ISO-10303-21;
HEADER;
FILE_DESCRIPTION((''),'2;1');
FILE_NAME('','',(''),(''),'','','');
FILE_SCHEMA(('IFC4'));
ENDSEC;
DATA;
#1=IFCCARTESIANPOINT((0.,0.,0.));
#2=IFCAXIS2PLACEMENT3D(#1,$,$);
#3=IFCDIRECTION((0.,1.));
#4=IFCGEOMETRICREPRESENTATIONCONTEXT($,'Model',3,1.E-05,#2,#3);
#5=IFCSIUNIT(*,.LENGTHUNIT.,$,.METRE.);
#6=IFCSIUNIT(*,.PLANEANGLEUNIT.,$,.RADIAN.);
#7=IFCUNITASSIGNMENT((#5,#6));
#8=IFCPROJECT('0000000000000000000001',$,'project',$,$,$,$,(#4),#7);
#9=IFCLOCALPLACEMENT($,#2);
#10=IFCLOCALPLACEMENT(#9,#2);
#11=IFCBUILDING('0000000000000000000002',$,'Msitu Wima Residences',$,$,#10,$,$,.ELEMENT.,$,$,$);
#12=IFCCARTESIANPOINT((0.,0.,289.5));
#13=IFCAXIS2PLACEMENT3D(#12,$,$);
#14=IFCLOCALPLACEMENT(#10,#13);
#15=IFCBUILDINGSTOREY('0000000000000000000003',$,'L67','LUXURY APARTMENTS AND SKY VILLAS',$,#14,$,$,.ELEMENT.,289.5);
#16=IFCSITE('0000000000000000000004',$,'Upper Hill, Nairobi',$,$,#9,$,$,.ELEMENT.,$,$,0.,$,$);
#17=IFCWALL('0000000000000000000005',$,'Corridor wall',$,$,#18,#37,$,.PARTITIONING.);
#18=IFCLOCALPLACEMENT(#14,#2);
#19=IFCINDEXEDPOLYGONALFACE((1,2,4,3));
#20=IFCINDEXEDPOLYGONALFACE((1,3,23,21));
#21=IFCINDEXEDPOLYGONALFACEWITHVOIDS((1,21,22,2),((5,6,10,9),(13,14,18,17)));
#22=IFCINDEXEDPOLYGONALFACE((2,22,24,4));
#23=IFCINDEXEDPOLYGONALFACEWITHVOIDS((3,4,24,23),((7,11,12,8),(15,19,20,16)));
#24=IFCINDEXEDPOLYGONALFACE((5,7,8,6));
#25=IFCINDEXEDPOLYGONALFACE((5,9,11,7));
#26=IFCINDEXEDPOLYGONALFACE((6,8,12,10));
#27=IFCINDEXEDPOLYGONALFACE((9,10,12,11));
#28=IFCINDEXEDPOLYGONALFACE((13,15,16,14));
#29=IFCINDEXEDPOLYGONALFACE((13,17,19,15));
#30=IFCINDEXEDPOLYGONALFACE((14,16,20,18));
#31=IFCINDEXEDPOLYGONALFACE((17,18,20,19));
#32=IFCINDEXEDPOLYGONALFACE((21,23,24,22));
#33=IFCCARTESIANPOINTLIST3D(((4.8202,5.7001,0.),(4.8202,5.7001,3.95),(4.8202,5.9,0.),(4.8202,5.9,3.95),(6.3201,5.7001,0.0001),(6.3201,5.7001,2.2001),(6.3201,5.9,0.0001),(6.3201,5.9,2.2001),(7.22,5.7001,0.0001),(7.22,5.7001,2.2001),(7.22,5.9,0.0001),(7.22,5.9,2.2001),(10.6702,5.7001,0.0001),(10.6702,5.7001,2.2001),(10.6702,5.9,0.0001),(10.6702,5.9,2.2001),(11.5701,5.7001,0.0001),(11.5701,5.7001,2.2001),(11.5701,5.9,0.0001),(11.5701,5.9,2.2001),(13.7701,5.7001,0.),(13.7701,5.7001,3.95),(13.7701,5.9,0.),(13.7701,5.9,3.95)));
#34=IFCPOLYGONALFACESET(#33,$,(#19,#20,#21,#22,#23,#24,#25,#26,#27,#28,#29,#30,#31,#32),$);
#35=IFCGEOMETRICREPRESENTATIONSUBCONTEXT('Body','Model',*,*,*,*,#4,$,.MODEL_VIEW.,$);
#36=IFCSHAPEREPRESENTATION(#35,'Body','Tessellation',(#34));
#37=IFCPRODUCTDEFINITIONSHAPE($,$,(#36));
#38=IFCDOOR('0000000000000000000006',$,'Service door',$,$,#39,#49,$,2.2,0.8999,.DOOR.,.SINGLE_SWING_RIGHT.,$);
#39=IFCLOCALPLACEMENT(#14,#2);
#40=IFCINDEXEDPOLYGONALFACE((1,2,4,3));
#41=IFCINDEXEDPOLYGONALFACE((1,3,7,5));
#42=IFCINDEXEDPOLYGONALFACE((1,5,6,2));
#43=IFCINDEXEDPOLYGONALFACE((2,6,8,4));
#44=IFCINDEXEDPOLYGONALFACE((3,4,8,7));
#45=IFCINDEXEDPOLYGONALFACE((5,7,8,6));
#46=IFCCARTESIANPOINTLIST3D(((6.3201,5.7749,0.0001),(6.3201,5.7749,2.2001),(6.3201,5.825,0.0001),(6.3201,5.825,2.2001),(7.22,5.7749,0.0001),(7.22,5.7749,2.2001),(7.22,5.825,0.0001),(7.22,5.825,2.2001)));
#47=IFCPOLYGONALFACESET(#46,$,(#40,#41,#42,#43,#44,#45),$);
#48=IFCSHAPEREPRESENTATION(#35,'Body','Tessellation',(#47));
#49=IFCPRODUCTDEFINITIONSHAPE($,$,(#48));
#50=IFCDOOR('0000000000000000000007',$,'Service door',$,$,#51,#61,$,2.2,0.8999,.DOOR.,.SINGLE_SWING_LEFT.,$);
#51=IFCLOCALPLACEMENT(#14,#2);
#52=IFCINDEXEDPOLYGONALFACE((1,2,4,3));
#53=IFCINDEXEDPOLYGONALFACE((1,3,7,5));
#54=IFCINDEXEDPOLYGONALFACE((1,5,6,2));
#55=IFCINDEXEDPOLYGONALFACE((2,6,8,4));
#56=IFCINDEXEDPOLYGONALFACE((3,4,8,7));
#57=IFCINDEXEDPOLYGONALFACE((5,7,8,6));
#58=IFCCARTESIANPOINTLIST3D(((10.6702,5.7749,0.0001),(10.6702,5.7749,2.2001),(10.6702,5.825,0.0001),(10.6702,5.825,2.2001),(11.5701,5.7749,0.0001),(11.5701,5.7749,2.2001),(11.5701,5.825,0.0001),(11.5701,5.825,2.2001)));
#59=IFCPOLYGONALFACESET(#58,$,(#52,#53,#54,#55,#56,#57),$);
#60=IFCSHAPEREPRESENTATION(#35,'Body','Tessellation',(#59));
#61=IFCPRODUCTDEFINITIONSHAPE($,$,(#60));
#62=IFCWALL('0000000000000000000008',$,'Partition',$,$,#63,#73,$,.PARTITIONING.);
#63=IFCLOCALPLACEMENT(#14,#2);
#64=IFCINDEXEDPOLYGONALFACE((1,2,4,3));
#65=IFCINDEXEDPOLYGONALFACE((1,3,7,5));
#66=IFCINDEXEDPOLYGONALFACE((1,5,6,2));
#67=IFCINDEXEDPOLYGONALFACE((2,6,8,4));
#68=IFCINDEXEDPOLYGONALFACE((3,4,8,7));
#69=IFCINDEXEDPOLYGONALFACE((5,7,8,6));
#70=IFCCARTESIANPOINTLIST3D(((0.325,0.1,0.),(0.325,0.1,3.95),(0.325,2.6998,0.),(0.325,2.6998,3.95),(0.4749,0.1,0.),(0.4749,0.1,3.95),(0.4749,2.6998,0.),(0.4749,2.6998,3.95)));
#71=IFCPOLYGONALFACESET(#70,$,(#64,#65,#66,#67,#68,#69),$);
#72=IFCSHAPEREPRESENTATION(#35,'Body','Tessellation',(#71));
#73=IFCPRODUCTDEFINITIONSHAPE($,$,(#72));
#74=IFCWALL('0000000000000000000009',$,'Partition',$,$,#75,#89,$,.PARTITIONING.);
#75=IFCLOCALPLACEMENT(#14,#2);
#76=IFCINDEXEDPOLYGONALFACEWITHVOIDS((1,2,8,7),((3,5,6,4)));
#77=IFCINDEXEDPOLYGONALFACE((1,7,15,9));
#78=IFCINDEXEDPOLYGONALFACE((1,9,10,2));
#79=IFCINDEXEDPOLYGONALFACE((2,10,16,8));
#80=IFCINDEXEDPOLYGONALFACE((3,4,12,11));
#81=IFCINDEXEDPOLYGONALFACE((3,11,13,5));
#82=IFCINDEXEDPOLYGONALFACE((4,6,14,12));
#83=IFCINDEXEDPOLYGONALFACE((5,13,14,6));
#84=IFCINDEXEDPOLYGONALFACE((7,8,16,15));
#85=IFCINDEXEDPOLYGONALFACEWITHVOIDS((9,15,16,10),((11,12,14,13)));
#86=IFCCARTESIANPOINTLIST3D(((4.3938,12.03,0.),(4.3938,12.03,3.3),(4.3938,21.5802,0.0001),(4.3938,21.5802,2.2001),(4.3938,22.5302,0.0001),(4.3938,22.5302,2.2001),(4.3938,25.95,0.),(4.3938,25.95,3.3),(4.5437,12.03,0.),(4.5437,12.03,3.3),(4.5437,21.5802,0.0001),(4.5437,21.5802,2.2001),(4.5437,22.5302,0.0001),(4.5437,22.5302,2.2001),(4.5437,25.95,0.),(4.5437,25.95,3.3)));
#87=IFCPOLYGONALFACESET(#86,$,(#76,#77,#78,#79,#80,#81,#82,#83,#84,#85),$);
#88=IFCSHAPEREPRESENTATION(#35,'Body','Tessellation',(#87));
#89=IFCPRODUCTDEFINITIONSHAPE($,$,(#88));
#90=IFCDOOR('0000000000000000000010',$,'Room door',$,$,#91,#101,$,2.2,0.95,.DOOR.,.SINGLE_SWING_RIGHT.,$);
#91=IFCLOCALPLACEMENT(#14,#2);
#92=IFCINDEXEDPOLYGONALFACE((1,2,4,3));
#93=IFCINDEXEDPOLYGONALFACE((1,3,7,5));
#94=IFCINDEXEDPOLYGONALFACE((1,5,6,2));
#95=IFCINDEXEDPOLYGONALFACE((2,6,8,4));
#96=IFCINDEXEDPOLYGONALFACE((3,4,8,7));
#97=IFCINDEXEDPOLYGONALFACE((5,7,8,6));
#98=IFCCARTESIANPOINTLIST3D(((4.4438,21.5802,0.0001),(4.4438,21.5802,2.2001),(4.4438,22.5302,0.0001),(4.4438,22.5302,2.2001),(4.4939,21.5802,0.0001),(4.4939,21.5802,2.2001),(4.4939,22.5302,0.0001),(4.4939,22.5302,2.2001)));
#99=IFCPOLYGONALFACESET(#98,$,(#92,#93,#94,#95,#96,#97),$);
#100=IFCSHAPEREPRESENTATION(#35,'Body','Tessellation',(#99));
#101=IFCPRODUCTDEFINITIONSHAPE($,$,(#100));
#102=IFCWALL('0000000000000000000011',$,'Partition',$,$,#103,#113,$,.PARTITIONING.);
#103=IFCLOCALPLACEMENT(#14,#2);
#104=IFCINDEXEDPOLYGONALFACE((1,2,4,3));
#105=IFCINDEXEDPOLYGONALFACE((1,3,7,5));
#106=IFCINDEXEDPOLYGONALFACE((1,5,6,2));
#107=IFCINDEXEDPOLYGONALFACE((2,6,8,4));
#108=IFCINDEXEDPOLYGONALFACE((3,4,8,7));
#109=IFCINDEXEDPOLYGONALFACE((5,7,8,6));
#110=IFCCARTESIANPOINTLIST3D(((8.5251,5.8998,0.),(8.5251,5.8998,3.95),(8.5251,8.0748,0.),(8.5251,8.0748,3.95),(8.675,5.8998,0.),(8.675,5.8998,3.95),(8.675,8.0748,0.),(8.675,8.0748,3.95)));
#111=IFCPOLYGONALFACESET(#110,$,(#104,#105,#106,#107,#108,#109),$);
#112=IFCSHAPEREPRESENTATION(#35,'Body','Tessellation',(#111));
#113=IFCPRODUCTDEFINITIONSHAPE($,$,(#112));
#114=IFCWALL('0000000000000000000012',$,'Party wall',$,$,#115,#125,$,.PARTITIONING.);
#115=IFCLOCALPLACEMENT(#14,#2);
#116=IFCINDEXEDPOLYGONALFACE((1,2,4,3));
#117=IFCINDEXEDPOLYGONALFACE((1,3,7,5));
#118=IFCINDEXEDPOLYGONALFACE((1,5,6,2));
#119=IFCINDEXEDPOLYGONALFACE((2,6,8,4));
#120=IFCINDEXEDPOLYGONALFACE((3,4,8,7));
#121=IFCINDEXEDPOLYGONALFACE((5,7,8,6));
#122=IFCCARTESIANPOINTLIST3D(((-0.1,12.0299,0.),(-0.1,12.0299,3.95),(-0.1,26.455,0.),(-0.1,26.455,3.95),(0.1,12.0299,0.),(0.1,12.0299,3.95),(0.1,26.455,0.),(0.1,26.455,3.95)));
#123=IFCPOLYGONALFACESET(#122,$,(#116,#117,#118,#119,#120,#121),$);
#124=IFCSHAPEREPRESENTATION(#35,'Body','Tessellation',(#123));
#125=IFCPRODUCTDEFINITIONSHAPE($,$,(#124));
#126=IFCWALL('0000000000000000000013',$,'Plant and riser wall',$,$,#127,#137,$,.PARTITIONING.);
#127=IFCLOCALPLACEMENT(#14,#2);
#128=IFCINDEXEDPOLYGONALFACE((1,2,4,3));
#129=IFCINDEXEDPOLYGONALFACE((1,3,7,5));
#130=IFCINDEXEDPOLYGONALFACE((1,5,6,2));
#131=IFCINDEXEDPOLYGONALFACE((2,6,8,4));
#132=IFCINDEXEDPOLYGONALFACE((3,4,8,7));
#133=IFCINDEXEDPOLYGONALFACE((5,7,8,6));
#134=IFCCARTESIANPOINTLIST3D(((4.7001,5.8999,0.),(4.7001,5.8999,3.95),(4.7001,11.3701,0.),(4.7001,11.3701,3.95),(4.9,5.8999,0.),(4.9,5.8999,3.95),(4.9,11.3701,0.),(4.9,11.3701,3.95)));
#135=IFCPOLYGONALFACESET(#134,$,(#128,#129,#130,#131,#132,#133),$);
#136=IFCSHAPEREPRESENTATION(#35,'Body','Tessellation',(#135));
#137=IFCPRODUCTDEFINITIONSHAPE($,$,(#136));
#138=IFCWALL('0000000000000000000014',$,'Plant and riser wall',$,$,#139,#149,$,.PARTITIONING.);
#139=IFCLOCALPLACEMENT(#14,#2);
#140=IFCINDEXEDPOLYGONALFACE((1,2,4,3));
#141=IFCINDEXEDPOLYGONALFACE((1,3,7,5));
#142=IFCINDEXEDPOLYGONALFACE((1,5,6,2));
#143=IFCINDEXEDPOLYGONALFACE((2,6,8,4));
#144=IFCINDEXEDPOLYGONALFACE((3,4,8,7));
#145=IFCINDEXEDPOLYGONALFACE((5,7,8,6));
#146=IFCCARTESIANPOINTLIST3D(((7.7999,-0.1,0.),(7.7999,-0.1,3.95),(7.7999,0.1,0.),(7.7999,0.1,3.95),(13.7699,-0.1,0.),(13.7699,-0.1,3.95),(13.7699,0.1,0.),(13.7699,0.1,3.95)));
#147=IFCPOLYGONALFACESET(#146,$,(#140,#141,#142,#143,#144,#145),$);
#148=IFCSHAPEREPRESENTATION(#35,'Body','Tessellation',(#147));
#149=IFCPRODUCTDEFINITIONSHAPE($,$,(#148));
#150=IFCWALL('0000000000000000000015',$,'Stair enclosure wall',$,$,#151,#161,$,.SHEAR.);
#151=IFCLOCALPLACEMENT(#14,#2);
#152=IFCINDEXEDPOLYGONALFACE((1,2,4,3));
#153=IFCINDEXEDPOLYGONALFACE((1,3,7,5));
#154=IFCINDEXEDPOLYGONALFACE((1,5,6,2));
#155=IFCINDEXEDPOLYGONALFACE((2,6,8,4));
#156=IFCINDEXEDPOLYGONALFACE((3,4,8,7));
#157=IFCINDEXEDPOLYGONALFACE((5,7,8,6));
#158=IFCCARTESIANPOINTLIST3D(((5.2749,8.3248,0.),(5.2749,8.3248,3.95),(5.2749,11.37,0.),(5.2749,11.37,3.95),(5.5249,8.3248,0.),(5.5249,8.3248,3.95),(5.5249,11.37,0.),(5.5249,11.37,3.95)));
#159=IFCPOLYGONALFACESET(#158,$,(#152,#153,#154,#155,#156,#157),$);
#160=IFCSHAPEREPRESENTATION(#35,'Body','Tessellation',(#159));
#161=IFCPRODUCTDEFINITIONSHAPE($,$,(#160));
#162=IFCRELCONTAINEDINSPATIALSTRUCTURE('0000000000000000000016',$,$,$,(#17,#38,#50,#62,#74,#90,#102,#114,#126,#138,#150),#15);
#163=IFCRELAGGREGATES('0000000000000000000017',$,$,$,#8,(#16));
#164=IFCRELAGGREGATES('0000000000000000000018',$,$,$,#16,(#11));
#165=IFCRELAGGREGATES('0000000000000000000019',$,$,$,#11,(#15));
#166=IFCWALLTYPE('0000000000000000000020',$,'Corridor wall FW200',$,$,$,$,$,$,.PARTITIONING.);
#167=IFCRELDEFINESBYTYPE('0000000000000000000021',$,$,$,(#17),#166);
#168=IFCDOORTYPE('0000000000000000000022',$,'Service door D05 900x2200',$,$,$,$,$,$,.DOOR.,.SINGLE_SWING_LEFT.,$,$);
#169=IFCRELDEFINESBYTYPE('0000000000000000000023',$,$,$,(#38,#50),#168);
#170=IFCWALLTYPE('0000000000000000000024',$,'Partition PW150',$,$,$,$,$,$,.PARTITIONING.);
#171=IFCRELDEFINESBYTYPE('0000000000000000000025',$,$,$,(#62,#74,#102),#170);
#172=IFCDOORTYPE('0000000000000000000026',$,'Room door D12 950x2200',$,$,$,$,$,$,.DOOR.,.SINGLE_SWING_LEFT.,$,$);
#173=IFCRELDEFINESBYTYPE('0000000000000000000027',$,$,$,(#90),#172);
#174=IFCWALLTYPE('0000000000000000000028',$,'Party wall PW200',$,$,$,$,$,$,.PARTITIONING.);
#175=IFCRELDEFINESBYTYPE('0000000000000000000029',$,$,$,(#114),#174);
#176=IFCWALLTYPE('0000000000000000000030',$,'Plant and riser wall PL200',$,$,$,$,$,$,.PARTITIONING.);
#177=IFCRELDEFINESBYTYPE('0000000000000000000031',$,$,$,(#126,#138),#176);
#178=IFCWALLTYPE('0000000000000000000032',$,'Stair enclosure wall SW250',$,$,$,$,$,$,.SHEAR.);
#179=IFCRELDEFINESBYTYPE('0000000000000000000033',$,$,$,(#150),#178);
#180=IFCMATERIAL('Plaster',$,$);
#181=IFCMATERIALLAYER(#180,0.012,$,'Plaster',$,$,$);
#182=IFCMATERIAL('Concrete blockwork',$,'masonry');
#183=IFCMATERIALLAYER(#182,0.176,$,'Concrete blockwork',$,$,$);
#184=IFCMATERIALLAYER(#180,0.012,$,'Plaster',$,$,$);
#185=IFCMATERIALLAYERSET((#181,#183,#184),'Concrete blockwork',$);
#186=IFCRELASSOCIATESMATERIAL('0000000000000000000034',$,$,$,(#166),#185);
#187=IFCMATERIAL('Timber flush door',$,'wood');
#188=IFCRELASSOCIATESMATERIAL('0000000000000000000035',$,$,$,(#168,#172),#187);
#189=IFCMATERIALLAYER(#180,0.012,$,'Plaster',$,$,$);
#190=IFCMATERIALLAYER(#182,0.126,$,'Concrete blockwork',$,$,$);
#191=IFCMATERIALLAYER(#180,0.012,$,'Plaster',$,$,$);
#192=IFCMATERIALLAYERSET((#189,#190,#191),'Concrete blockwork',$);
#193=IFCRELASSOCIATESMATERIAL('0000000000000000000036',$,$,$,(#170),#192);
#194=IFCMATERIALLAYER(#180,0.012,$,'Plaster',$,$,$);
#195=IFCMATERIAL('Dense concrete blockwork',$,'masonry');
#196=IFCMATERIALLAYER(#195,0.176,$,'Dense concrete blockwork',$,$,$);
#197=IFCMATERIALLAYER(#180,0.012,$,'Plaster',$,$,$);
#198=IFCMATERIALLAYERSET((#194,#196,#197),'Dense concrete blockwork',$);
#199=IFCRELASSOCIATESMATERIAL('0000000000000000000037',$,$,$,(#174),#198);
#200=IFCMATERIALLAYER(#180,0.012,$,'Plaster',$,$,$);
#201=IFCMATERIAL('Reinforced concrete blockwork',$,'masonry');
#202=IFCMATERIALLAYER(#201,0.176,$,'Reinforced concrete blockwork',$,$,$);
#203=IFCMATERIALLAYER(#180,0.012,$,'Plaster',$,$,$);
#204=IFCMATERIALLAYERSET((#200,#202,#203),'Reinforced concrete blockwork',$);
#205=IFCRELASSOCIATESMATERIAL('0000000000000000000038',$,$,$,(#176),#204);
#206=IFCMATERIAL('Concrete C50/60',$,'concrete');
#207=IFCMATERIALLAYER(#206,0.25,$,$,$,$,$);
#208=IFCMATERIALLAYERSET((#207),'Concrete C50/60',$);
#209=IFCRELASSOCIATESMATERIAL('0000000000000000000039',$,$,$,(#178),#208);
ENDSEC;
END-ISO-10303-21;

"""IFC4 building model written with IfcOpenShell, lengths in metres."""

from ifc_helpers import new_model, si_unit, direction, frame, frame_2d, origin, place, context, subcontext, project, spatial, rectangle, extrude, material, layer, layer_set, type_object, element, fill, save


model = new_model("IFC4")

# Units and contexts
model_context = context("Model", 3, precision=1e-05, world=origin(), true_north=direction((0.0, 1.0)))
body_context = subcontext(model_context, "Body", "Model", "MODEL_VIEW")
ifc_project = project(units=[si_unit("LENGTHUNIT", "METRE"), si_unit("PLANEANGLEUNIT", "RADIAN")], contexts=[model_context])

# Site, building, storey
site_placement = place(None, origin())
site = spatial("IfcSite", under=ifc_project, at=site_placement, Name="Upper Hill, Nairobi", CompositionType="ELEMENT", RefElevation=0.0)
building_placement = place(site_placement, origin())
building = spatial("IfcBuilding", under=site, at=building_placement, Name="Msitu Wima Residences", CompositionType="ELEMENT")
storey_placement = place(building_placement, frame((0.0, 0.0, 289.5)))
storey = spatial("IfcBuildingStorey", under=building, at=storey_placement, Name="L67", Description="LUXURY APARTMENTS AND SKY VILLAS", CompositionType="ELEMENT", Elevation=289.5)

# Wall, openings, doors
ifc_material_1 = material(Name="Plaster")
ifc_layer_1 = layer(ifc_material_1, 0.012, Name="Plaster")
ifc_material_2 = material(Name="Concrete blockwork", Category="masonry")
ifc_layer_2 = layer(ifc_material_2, 0.176, Name="Concrete blockwork")
ifc_layer_3 = layer(ifc_material_1, 0.012, Name="Plaster")
ifc_layer_set_1 = layer_set([ifc_layer_1, ifc_layer_2, ifc_layer_3], Name="Concrete blockwork")
wall_type_1 = type_object("IfcWallType", Name="Corridor wall FW200", PredefinedType="PARTITIONING", material=ifc_layer_set_1)
wall_1_placement = place(storey_placement, frame((4.8201, 5.8, 0.0), z_axis=(0.0, 0.0, 1.0), x_axis=(1.0, 0.0, 0.0)))
wall_1 = element("IfcWall", 1, at=wall_1_placement, inside=storey, type_object=wall_type_1, Name="Corridor wall", PredefinedType="PARTITIONING", context=body_context, shape_type="SweptSolid", body=[
    extrude(rectangle(XDim=8.95, YDim=0.2, at=frame_2d((4.4751, 0.0))), origin(), (0.0, 0.0, 1.0), 3.95),
])
opening_1_placement = place(wall_1_placement, frame((1.5, 0.0, 0.0)))
opening_1 = element("IfcOpeningElement", 2, at=opening_1_placement, cuts=wall_1, PredefinedType="OPENING", context=body_context, shape_type="SweptSolid", body=[
    extrude(rectangle(XDim=0.8999, YDim=2.2, at=frame_2d((0.45, 1.1001))), frame((0.0, 0.1099, 0.0), z_axis=(0.0, -1.0, 0.0), x_axis=(1.0, 0.0, 0.0)), (0.0, 0.0, 1.0), 0.22),
])
opening_2_placement = place(wall_1_placement, frame((5.8501, 0.0, 0.0)))
opening_2 = element("IfcOpeningElement", 3, at=opening_2_placement, cuts=wall_1, PredefinedType="OPENING", context=body_context, shape_type="SweptSolid", body=[
    extrude(rectangle(XDim=0.8999, YDim=2.2, at=frame_2d((0.45, 1.1001))), frame((0.0, 0.1099, 0.0), z_axis=(0.0, -1.0, 0.0), x_axis=(1.0, 0.0, 0.0)), (0.0, 0.0, 1.0), 0.22),
])
ifc_material_3 = material(Name="Timber flush door", Category="wood")
door_type_1 = type_object("IfcDoorType", Name="Service door D05 900x2200", OperationType="SINGLE_SWING_LEFT", PredefinedType="DOOR", material=ifc_material_3)
door_1_placement = place(opening_1_placement, origin())
door_1 = element("IfcDoor", 4, at=door_1_placement, inside=storey, type_object=door_type_1, Name="Service door", OperationType="SINGLE_SWING_RIGHT", OverallHeight=2.2, OverallWidth=0.8999, PredefinedType="DOOR", context=body_context, shape_type="SweptSolid", body=[
    extrude(rectangle(XDim=0.8999, YDim=2.2, at=frame_2d((0.45, 1.1001))), frame((0.0, 0.0249, 0.0), z_axis=(0.0, -1.0, 0.0), x_axis=(1.0, 0.0, 0.0)), (0.0, 0.0, 1.0), 0.05),
])
fill(opening_1, door_1)
door_2_placement = place(opening_2_placement, origin())
door_2 = element("IfcDoor", 5, at=door_2_placement, inside=storey, type_object=door_type_1, Name="Service door", OperationType="SINGLE_SWING_LEFT", OverallHeight=2.2, OverallWidth=0.8999, PredefinedType="DOOR", context=body_context, shape_type="SweptSolid", body=[
    extrude(rectangle(XDim=0.8999, YDim=2.2, at=frame_2d((0.45, 1.1001))), frame((0.0, 0.0249, 0.0), z_axis=(0.0, -1.0, 0.0), x_axis=(1.0, 0.0, 0.0)), (0.0, 0.0, 1.0), 0.05),
])
fill(opening_2, door_2)

# Wall
ifc_layer_4 = layer(ifc_material_1, 0.012, Name="Plaster")
ifc_layer_5 = layer(ifc_material_2, 0.126, Name="Concrete blockwork")
ifc_layer_6 = layer(ifc_material_1, 0.012, Name="Plaster")
ifc_layer_set_2 = layer_set([ifc_layer_4, ifc_layer_5, ifc_layer_6], Name="Concrete blockwork")
wall_type_2 = type_object("IfcWallType", Name="Partition PW150", PredefinedType="PARTITIONING", material=ifc_layer_set_2)
wall_2_placement = place(storey_placement, frame((0.3999, 0.1001, 0.0), z_axis=(0.0, 0.0, 1.0), x_axis=(0.0, 1.0, 0.0)))
element("IfcWall", 6, at=wall_2_placement, inside=storey, type_object=wall_type_2, Name="Partition", PredefinedType="PARTITIONING", context=body_context, shape_type="SweptSolid", body=[
    extrude(rectangle(XDim=2.5999, YDim=0.1499, at=frame_2d((1.2998, 0.0))), origin(), (0.0, 0.0, 1.0), 3.95),
])

# Wall, opening, door
wall_3_placement = place(storey_placement, frame((4.4688, 12.03, 0.0), z_axis=(0.0, 0.0, 1.0), x_axis=(0.0, 1.0, 0.0)))
wall_3 = element("IfcWall", 7, at=wall_3_placement, inside=storey, type_object=wall_type_2, Name="Partition", PredefinedType="PARTITIONING", context=body_context, shape_type="SweptSolid", body=[
    extrude(rectangle(XDim=13.9199, YDim=0.1499, at=frame_2d((6.96, 0.0))), origin(), (0.0, 0.0, 1.0), 3.3),
])
opening_3_placement = place(wall_3_placement, frame((9.55, 0.0, 0.0)))
opening_3 = element("IfcOpeningElement", 8, at=opening_3_placement, cuts=wall_3, PredefinedType="OPENING", context=body_context, shape_type="SweptSolid", body=[
    extrude(rectangle(XDim=0.95, YDim=2.2, at=frame_2d((0.4751, 1.1001))), frame((0.0, 0.085, 0.0), z_axis=(0.0, -1.0, 0.0), x_axis=(1.0, 0.0, 0.0)), (0.0, 0.0, 1.0), 0.1699),
])
door_type_2 = type_object("IfcDoorType", Name="Room door D12 950x2200", OperationType="SINGLE_SWING_LEFT", PredefinedType="DOOR", material=ifc_material_3)
door_3_placement = place(opening_3_placement, origin())
door_3 = element("IfcDoor", 9, at=door_3_placement, inside=storey, type_object=door_type_2, Name="Room door", OperationType="SINGLE_SWING_RIGHT", OverallHeight=2.2, OverallWidth=0.95, PredefinedType="DOOR", context=body_context, shape_type="SweptSolid", body=[
    extrude(rectangle(XDim=0.95, YDim=2.2, at=frame_2d((0.4751, 1.1001))), frame((0.0, 0.0249, 0.0), z_axis=(0.0, -1.0, 0.0), x_axis=(1.0, 0.0, 0.0)), (0.0, 0.0, 1.0), 0.05),
])
fill(opening_3, door_3)

# Walls
wall_4_placement = place(storey_placement, frame((8.6001, 5.8999, 0.0), z_axis=(0.0, 0.0, 1.0), x_axis=(0.0, 1.0, 0.0)))
element("IfcWall", 10, at=wall_4_placement, inside=storey, type_object=wall_type_2, Name="Partition", PredefinedType="PARTITIONING", context=body_context, shape_type="SweptSolid", body=[
    extrude(rectangle(XDim=2.175, YDim=0.1499, at=frame_2d((1.0874, 0.0))), origin(), (0.0, 0.0, 1.0), 3.95),
])
ifc_layer_7 = layer(ifc_material_1, 0.012, Name="Plaster")
ifc_material_4 = material(Name="Dense concrete blockwork", Category="masonry")
ifc_layer_8 = layer(ifc_material_4, 0.176, Name="Dense concrete blockwork")
ifc_layer_9 = layer(ifc_material_1, 0.012, Name="Plaster")
ifc_layer_set_3 = layer_set([ifc_layer_7, ifc_layer_8, ifc_layer_9], Name="Dense concrete blockwork")
wall_type_3 = type_object("IfcWallType", Name="Party wall PW200", PredefinedType="PARTITIONING", material=ifc_layer_set_3)
wall_5_placement = place(storey_placement, frame((0.0, 12.03, 0.0), z_axis=(0.0, 0.0, 1.0), x_axis=(0.0, 1.0, 0.0)))
element("IfcWall", 11, at=wall_5_placement, inside=storey, type_object=wall_type_3, Name="Party wall", PredefinedType="PARTITIONING", context=body_context, shape_type="SweptSolid", body=[
    extrude(rectangle(XDim=14.425, YDim=0.2, at=frame_2d((7.2124, 0.0))), origin(), (0.0, 0.0, 1.0), 3.95),
])
ifc_layer_10 = layer(ifc_material_1, 0.012, Name="Plaster")
ifc_material_5 = material(Name="Reinforced concrete blockwork", Category="masonry")
ifc_layer_11 = layer(ifc_material_5, 0.176, Name="Reinforced concrete blockwork")
ifc_layer_12 = layer(ifc_material_1, 0.012, Name="Plaster")
ifc_layer_set_4 = layer_set([ifc_layer_10, ifc_layer_11, ifc_layer_12], Name="Reinforced concrete blockwork")
wall_type_4 = type_object("IfcWallType", Name="Plant and riser wall PL200", PredefinedType="PARTITIONING", material=ifc_layer_set_4)
wall_6_placement = place(storey_placement, frame((4.8, 5.8999, 0.0), z_axis=(0.0, 0.0, 1.0), x_axis=(0.0, 1.0, 0.0)))
element("IfcWall", 12, at=wall_6_placement, inside=storey, type_object=wall_type_4, Name="Plant and riser wall", PredefinedType="PARTITIONING", context=body_context, shape_type="SweptSolid", body=[
    extrude(rectangle(XDim=5.4702, YDim=0.2, at=frame_2d((2.7351, 0.0))), origin(), (0.0, 0.0, 1.0), 3.95),
])
wall_7_placement = place(storey_placement, frame((7.8, 0.0, 0.0), z_axis=(0.0, 0.0, 1.0), x_axis=(1.0, 0.0, 0.0)))
element("IfcWall", 13, at=wall_7_placement, inside=storey, type_object=wall_type_4, Name="Plant and riser wall", PredefinedType="PARTITIONING", context=body_context, shape_type="SweptSolid", body=[
    extrude(rectangle(XDim=5.97, YDim=0.2, at=frame_2d((2.9849, 0.0))), origin(), (0.0, 0.0, 1.0), 3.95),
])
ifc_material_6 = material(Name="Concrete C50/60", Category="concrete")
ifc_layer_13 = layer(ifc_material_6, 0.25)
ifc_layer_set_5 = layer_set([ifc_layer_13], Name="Concrete C50/60")
wall_type_5 = type_object("IfcWallType", Name="Stair enclosure wall SW250", PredefinedType="SHEAR", material=ifc_layer_set_5)
wall_8_placement = place(storey_placement, frame((5.3999, 8.325, 0.0), z_axis=(0.0, 0.0, 1.0), x_axis=(0.0, 1.0, 0.0)))
element("IfcWall", 14, at=wall_8_placement, inside=storey, type_object=wall_type_5, Name="Stair enclosure wall", PredefinedType="SHEAR", context=body_context, shape_type="SweptSolid", body=[
    extrude(rectangle(XDim=3.0452, YDim=0.25, at=frame_2d((1.5225, 0.0))), origin(), (0.0, 0.0, 1.0), 3.95),
])

save(model, "model.ifc")
